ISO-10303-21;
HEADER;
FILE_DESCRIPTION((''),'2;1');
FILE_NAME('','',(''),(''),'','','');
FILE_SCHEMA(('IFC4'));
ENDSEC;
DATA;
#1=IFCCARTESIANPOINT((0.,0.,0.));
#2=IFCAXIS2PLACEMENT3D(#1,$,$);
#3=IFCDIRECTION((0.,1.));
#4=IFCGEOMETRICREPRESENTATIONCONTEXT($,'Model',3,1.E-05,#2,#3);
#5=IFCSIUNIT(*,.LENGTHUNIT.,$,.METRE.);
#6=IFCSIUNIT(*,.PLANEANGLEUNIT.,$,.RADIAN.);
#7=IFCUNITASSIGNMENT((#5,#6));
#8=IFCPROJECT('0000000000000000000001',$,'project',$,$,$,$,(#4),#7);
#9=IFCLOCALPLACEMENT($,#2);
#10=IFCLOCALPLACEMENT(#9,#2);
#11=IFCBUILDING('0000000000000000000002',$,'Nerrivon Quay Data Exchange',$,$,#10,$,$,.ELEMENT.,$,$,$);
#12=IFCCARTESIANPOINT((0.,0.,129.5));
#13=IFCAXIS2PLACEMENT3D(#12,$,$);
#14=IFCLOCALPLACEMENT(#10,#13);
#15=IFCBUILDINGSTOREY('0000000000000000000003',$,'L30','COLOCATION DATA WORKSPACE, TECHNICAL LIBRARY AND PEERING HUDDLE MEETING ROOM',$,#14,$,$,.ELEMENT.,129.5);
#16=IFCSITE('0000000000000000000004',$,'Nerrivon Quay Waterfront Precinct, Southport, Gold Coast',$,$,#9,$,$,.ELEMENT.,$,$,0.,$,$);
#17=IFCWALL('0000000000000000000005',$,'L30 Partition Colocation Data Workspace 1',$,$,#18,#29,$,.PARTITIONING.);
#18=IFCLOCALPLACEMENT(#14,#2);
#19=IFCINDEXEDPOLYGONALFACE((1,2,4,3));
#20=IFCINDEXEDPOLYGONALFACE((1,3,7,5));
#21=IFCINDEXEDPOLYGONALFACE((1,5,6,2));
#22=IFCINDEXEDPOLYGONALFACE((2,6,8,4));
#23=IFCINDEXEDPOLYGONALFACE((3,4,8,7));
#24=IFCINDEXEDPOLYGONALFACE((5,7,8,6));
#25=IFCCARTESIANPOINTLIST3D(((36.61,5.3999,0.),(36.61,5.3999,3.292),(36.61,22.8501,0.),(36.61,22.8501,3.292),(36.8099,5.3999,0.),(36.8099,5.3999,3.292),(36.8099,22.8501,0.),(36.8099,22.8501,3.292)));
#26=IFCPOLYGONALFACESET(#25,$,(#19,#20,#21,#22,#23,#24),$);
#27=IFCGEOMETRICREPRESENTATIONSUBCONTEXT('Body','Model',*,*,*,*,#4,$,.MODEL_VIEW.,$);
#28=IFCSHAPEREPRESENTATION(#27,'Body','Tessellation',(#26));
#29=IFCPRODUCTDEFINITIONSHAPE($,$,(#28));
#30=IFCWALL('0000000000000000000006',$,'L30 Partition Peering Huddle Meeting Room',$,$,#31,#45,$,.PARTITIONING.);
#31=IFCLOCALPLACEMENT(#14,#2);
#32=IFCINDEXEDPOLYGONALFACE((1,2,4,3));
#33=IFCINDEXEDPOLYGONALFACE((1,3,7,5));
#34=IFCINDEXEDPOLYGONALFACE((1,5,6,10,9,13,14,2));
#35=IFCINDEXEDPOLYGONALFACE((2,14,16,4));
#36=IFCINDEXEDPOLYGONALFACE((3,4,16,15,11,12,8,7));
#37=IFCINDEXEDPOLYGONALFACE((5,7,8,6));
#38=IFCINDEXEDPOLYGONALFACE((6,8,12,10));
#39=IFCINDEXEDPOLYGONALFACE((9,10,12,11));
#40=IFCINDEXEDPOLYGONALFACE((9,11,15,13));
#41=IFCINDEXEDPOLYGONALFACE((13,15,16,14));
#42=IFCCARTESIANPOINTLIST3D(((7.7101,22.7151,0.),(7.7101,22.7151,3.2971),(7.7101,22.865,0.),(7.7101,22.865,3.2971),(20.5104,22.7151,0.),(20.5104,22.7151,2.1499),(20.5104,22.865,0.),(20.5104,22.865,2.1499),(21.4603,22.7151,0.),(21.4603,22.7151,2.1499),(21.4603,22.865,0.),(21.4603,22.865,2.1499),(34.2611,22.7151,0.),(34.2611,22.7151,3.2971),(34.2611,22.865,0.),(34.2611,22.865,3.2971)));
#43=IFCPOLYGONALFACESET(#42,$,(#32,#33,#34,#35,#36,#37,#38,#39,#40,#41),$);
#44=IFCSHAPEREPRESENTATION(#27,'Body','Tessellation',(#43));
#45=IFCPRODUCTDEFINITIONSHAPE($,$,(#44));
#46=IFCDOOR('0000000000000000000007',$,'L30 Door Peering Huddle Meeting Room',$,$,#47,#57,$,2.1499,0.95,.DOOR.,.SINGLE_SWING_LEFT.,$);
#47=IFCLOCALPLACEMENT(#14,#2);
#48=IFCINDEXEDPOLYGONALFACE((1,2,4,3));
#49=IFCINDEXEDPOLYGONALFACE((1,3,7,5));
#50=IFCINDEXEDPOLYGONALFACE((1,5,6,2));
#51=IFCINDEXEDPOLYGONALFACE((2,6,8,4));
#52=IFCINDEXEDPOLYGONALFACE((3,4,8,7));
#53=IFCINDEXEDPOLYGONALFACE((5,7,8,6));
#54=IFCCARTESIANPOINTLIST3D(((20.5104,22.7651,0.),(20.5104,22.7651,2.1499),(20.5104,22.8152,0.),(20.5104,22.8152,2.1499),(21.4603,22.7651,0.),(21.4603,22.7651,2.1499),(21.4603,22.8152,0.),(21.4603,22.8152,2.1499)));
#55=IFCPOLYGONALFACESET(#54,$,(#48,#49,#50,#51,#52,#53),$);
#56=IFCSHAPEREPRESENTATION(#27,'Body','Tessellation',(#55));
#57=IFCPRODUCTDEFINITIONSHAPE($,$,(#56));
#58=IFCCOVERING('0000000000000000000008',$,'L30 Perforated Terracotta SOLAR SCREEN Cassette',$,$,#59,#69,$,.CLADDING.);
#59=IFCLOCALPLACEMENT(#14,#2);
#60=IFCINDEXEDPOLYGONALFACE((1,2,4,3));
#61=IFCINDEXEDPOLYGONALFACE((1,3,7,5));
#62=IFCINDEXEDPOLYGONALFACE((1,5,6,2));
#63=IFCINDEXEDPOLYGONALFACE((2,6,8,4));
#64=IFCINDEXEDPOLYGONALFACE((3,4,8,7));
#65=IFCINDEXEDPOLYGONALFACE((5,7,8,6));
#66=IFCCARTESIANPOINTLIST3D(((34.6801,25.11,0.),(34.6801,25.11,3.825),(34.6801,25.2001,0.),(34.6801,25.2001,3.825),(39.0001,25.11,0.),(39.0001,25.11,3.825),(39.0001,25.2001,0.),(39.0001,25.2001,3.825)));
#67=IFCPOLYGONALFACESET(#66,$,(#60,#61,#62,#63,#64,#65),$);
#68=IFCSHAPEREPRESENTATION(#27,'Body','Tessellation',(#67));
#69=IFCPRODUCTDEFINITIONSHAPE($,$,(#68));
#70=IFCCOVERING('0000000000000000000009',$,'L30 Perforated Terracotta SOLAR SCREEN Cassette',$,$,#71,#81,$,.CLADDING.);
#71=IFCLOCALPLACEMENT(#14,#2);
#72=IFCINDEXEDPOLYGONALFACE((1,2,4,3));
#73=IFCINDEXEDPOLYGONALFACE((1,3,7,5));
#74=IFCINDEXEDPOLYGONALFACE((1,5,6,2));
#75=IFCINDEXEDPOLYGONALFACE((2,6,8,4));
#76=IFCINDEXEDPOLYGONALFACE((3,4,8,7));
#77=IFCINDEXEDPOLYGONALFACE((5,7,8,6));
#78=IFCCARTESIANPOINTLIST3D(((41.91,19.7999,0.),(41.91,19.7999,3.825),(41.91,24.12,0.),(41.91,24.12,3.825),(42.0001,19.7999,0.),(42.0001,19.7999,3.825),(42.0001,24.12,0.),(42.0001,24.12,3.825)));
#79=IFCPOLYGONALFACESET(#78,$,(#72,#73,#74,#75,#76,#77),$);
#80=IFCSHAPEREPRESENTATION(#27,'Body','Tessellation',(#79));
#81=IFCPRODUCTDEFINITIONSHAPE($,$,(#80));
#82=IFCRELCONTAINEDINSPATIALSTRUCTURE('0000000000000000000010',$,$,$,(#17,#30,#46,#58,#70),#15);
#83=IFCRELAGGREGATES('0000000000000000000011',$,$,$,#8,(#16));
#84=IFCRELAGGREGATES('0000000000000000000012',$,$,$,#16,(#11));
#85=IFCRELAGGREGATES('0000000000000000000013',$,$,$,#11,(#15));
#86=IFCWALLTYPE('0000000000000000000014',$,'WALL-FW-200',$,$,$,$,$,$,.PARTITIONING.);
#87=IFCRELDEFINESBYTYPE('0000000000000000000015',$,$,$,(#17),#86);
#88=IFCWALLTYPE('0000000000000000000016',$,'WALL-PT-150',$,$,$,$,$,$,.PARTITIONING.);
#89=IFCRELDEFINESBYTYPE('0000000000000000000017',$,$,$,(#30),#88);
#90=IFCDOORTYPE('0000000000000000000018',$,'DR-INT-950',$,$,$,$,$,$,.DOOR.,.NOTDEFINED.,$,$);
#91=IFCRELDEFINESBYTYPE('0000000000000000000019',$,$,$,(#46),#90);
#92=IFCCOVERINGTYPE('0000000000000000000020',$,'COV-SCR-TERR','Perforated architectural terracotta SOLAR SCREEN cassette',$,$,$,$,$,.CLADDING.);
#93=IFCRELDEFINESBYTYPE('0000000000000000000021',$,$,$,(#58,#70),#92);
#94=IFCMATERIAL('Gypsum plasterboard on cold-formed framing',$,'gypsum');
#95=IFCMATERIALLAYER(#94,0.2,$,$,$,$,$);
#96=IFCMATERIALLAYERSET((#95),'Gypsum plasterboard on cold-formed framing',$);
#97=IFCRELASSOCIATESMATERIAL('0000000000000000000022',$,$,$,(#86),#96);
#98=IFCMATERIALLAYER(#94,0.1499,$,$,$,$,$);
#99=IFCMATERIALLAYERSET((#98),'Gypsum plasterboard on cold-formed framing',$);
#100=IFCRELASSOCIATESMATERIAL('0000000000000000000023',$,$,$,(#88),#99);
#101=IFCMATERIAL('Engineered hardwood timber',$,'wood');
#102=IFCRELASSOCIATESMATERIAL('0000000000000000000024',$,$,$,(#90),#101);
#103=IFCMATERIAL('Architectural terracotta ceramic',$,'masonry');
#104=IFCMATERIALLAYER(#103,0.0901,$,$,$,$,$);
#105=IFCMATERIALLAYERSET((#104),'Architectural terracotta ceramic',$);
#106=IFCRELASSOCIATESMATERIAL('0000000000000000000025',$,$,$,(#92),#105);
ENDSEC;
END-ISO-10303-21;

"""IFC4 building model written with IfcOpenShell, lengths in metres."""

from ifc_helpers import new_model, si_unit, direction, frame, frame_2d, origin, origin_2d, place, context, subcontext, project, spatial, rectangle, extrude, material, layer, layer_set, type_object, element, fill, save


model = new_model("IFC4")

# Units and contexts
model_context = context("Model", 3, precision=1e-05, world=origin(), true_north=direction((0.0, 1.0)))
body_context = subcontext(model_context, "Body", "Model", "MODEL_VIEW")
ifc_project = project(units=[si_unit("LENGTHUNIT", "METRE"), si_unit("PLANEANGLEUNIT", "RADIAN")], contexts=[model_context])

# Site, building, storey
site_placement = place(None, origin())
site = spatial("IfcSite", under=ifc_project, at=site_placement, Name="Nerrivon Quay Waterfront Precinct, Southport, Gold Coast", CompositionType="ELEMENT", RefElevation=0.0)
building_placement = place(site_placement, origin())
building = spatial("IfcBuilding", under=site, at=building_placement, Name="Nerrivon Quay Data Exchange", CompositionType="ELEMENT")
storey_placement = place(building_placement, frame((0.0, 0.0, 129.5)))
storey = spatial("IfcBuildingStorey", under=building, at=storey_placement, Name="L30", Description="COLOCATION DATA WORKSPACE, TECHNICAL LIBRARY AND PEERING HUDDLE MEETING ROOM", CompositionType="ELEMENT", Elevation=129.5)

# Wall
ifc_material_1 = material(Name="Gypsum plasterboard on cold-formed framing", Category="gypsum")
ifc_layer_1 = layer(ifc_material_1, 0.2)
ifc_layer_set_1 = layer_set([ifc_layer_1], Name="Gypsum plasterboard on cold-formed framing")
wall_type_1 = type_object("IfcWallType", Name="WALL-FW-200", PredefinedType="PARTITIONING", material=ifc_layer_set_1)
wall_1_placement = place(storey_placement, frame((36.71, 22.8501, 0.0), z_axis=(0.0, 0.0, 1.0), x_axis=(0.0, -1.0, 0.0)))
element("IfcWall", 1, at=wall_1_placement, inside=storey, type_object=wall_type_1, Name="L30 Partition Colocation Data Workspace 1", PredefinedType="PARTITIONING", context=body_context, shape_type="SweptSolid", body=[
    extrude(rectangle(XDim=17.4502, YDim=0.2, at=frame_2d((8.7251, 0.0))), origin(), (0.0, 0.0, 1.0), 3.292),
])

# Wall, opening, door
ifc_layer_2 = layer(ifc_material_1, 0.1499)
ifc_layer_set_2 = layer_set([ifc_layer_2], Name="Gypsum plasterboard on cold-formed framing")
wall_type_2 = type_object("IfcWallType", Name="WALL-PT-150", PredefinedType="PARTITIONING", material=ifc_layer_set_2)
wall_2_placement = place(storey_placement, frame((34.261, 22.79, 0.0), z_axis=(0.0, 0.0, 1.0), x_axis=(-1.0, 0.0, 0.0)))
wall_2 = element("IfcWall", 2, at=wall_2_placement, inside=storey, type_object=wall_type_2, Name="L30 Partition Peering Huddle Meeting Room", PredefinedType="PARTITIONING", context=body_context, shape_type="SweptSolid", body=[
    extrude(rectangle(XDim=26.551, YDim=0.1499, at=frame_2d((13.2754, 0.0))), origin(), (0.0, 0.0, 1.0), 3.2971),
])
opening_placement = place(wall_2_placement, frame((12.8005, 0.0, 0.0)))
opening = element("IfcOpeningElement", 3, at=opening_placement, cuts=wall_2, PredefinedType="OPENING", context=body_context, shape_type="SweptSolid", body=[
    extrude(rectangle(XDim=0.95, YDim=2.1499, at=frame_2d((0.4751, 1.075))), frame((0.0, 0.085, 0.0), z_axis=(0.0, -1.0, 0.0), x_axis=(1.0, 0.0, 0.0)), (0.0, 0.0, 1.0), 0.1699),
])
ifc_material_2 = material(Name="Engineered hardwood timber", Category="wood")
door_type = type_object("IfcDoorType", Name="DR-INT-950", OperationType="NOTDEFINED", PredefinedType="DOOR", material=ifc_material_2)
door_placement = place(opening_placement, origin())
door = element("IfcDoor", 4, at=door_placement, inside=storey, type_object=door_type, Name="L30 Door Peering Huddle Meeting Room", OperationType="SINGLE_SWING_LEFT", OverallHeight=2.1499, OverallWidth=0.95, PredefinedType="DOOR", context=body_context, shape_type="SweptSolid", body=[
    extrude(rectangle(XDim=0.95, YDim=2.1499, at=frame_2d((0.4751, 1.075))), frame((0.0, 0.0249, 0.0), z_axis=(0.0, -1.0, 0.0), x_axis=(1.0, 0.0, 0.0)), (0.0, 0.0, 1.0), 0.05),
])
fill(opening, door)

# Coverings
ifc_material_3 = material(Name="Architectural terracotta ceramic", Category="masonry")
ifc_layer_3 = layer(ifc_material_3, 0.0901)
ifc_layer_set_3 = layer_set([ifc_layer_3], Name="Architectural terracotta ceramic")
covering_type = type_object("IfcCoveringType", Name="COV-SCR-TERR", Description="Perforated architectural terracotta SOLAR SCREEN cassette", PredefinedType="CLADDING", material=ifc_layer_set_3)
for number, where, z_axis, x_axis, name in (
    (5, (36.8401, 25.155, 0.0), (0.0, 0.0, 1.0), (1.0, 0.0, 0.0), "L30 Perforated Terracotta SOLAR SCREEN Cassette"),
    (6, (41.9551, 21.96, 0.0), (0.0, 0.0, 1.0), (0.0, -1.0, 0.0), "L30 Perforated Terracotta SOLAR SCREEN Cassette"),
):
    element("IfcCovering", number, at=place(storey_placement, frame(where, z_axis=z_axis, x_axis=x_axis)), inside=storey, type_object=covering_type, Name=name, PredefinedType="CLADDING", context=body_context, shape_type="SweptSolid", body=[
        extrude(rectangle(XDim=4.3201, YDim=0.0901, at=origin_2d()), origin(), (0.0, 0.0, 1.0), 3.825),
    ])

save(model, "model.ifc")
